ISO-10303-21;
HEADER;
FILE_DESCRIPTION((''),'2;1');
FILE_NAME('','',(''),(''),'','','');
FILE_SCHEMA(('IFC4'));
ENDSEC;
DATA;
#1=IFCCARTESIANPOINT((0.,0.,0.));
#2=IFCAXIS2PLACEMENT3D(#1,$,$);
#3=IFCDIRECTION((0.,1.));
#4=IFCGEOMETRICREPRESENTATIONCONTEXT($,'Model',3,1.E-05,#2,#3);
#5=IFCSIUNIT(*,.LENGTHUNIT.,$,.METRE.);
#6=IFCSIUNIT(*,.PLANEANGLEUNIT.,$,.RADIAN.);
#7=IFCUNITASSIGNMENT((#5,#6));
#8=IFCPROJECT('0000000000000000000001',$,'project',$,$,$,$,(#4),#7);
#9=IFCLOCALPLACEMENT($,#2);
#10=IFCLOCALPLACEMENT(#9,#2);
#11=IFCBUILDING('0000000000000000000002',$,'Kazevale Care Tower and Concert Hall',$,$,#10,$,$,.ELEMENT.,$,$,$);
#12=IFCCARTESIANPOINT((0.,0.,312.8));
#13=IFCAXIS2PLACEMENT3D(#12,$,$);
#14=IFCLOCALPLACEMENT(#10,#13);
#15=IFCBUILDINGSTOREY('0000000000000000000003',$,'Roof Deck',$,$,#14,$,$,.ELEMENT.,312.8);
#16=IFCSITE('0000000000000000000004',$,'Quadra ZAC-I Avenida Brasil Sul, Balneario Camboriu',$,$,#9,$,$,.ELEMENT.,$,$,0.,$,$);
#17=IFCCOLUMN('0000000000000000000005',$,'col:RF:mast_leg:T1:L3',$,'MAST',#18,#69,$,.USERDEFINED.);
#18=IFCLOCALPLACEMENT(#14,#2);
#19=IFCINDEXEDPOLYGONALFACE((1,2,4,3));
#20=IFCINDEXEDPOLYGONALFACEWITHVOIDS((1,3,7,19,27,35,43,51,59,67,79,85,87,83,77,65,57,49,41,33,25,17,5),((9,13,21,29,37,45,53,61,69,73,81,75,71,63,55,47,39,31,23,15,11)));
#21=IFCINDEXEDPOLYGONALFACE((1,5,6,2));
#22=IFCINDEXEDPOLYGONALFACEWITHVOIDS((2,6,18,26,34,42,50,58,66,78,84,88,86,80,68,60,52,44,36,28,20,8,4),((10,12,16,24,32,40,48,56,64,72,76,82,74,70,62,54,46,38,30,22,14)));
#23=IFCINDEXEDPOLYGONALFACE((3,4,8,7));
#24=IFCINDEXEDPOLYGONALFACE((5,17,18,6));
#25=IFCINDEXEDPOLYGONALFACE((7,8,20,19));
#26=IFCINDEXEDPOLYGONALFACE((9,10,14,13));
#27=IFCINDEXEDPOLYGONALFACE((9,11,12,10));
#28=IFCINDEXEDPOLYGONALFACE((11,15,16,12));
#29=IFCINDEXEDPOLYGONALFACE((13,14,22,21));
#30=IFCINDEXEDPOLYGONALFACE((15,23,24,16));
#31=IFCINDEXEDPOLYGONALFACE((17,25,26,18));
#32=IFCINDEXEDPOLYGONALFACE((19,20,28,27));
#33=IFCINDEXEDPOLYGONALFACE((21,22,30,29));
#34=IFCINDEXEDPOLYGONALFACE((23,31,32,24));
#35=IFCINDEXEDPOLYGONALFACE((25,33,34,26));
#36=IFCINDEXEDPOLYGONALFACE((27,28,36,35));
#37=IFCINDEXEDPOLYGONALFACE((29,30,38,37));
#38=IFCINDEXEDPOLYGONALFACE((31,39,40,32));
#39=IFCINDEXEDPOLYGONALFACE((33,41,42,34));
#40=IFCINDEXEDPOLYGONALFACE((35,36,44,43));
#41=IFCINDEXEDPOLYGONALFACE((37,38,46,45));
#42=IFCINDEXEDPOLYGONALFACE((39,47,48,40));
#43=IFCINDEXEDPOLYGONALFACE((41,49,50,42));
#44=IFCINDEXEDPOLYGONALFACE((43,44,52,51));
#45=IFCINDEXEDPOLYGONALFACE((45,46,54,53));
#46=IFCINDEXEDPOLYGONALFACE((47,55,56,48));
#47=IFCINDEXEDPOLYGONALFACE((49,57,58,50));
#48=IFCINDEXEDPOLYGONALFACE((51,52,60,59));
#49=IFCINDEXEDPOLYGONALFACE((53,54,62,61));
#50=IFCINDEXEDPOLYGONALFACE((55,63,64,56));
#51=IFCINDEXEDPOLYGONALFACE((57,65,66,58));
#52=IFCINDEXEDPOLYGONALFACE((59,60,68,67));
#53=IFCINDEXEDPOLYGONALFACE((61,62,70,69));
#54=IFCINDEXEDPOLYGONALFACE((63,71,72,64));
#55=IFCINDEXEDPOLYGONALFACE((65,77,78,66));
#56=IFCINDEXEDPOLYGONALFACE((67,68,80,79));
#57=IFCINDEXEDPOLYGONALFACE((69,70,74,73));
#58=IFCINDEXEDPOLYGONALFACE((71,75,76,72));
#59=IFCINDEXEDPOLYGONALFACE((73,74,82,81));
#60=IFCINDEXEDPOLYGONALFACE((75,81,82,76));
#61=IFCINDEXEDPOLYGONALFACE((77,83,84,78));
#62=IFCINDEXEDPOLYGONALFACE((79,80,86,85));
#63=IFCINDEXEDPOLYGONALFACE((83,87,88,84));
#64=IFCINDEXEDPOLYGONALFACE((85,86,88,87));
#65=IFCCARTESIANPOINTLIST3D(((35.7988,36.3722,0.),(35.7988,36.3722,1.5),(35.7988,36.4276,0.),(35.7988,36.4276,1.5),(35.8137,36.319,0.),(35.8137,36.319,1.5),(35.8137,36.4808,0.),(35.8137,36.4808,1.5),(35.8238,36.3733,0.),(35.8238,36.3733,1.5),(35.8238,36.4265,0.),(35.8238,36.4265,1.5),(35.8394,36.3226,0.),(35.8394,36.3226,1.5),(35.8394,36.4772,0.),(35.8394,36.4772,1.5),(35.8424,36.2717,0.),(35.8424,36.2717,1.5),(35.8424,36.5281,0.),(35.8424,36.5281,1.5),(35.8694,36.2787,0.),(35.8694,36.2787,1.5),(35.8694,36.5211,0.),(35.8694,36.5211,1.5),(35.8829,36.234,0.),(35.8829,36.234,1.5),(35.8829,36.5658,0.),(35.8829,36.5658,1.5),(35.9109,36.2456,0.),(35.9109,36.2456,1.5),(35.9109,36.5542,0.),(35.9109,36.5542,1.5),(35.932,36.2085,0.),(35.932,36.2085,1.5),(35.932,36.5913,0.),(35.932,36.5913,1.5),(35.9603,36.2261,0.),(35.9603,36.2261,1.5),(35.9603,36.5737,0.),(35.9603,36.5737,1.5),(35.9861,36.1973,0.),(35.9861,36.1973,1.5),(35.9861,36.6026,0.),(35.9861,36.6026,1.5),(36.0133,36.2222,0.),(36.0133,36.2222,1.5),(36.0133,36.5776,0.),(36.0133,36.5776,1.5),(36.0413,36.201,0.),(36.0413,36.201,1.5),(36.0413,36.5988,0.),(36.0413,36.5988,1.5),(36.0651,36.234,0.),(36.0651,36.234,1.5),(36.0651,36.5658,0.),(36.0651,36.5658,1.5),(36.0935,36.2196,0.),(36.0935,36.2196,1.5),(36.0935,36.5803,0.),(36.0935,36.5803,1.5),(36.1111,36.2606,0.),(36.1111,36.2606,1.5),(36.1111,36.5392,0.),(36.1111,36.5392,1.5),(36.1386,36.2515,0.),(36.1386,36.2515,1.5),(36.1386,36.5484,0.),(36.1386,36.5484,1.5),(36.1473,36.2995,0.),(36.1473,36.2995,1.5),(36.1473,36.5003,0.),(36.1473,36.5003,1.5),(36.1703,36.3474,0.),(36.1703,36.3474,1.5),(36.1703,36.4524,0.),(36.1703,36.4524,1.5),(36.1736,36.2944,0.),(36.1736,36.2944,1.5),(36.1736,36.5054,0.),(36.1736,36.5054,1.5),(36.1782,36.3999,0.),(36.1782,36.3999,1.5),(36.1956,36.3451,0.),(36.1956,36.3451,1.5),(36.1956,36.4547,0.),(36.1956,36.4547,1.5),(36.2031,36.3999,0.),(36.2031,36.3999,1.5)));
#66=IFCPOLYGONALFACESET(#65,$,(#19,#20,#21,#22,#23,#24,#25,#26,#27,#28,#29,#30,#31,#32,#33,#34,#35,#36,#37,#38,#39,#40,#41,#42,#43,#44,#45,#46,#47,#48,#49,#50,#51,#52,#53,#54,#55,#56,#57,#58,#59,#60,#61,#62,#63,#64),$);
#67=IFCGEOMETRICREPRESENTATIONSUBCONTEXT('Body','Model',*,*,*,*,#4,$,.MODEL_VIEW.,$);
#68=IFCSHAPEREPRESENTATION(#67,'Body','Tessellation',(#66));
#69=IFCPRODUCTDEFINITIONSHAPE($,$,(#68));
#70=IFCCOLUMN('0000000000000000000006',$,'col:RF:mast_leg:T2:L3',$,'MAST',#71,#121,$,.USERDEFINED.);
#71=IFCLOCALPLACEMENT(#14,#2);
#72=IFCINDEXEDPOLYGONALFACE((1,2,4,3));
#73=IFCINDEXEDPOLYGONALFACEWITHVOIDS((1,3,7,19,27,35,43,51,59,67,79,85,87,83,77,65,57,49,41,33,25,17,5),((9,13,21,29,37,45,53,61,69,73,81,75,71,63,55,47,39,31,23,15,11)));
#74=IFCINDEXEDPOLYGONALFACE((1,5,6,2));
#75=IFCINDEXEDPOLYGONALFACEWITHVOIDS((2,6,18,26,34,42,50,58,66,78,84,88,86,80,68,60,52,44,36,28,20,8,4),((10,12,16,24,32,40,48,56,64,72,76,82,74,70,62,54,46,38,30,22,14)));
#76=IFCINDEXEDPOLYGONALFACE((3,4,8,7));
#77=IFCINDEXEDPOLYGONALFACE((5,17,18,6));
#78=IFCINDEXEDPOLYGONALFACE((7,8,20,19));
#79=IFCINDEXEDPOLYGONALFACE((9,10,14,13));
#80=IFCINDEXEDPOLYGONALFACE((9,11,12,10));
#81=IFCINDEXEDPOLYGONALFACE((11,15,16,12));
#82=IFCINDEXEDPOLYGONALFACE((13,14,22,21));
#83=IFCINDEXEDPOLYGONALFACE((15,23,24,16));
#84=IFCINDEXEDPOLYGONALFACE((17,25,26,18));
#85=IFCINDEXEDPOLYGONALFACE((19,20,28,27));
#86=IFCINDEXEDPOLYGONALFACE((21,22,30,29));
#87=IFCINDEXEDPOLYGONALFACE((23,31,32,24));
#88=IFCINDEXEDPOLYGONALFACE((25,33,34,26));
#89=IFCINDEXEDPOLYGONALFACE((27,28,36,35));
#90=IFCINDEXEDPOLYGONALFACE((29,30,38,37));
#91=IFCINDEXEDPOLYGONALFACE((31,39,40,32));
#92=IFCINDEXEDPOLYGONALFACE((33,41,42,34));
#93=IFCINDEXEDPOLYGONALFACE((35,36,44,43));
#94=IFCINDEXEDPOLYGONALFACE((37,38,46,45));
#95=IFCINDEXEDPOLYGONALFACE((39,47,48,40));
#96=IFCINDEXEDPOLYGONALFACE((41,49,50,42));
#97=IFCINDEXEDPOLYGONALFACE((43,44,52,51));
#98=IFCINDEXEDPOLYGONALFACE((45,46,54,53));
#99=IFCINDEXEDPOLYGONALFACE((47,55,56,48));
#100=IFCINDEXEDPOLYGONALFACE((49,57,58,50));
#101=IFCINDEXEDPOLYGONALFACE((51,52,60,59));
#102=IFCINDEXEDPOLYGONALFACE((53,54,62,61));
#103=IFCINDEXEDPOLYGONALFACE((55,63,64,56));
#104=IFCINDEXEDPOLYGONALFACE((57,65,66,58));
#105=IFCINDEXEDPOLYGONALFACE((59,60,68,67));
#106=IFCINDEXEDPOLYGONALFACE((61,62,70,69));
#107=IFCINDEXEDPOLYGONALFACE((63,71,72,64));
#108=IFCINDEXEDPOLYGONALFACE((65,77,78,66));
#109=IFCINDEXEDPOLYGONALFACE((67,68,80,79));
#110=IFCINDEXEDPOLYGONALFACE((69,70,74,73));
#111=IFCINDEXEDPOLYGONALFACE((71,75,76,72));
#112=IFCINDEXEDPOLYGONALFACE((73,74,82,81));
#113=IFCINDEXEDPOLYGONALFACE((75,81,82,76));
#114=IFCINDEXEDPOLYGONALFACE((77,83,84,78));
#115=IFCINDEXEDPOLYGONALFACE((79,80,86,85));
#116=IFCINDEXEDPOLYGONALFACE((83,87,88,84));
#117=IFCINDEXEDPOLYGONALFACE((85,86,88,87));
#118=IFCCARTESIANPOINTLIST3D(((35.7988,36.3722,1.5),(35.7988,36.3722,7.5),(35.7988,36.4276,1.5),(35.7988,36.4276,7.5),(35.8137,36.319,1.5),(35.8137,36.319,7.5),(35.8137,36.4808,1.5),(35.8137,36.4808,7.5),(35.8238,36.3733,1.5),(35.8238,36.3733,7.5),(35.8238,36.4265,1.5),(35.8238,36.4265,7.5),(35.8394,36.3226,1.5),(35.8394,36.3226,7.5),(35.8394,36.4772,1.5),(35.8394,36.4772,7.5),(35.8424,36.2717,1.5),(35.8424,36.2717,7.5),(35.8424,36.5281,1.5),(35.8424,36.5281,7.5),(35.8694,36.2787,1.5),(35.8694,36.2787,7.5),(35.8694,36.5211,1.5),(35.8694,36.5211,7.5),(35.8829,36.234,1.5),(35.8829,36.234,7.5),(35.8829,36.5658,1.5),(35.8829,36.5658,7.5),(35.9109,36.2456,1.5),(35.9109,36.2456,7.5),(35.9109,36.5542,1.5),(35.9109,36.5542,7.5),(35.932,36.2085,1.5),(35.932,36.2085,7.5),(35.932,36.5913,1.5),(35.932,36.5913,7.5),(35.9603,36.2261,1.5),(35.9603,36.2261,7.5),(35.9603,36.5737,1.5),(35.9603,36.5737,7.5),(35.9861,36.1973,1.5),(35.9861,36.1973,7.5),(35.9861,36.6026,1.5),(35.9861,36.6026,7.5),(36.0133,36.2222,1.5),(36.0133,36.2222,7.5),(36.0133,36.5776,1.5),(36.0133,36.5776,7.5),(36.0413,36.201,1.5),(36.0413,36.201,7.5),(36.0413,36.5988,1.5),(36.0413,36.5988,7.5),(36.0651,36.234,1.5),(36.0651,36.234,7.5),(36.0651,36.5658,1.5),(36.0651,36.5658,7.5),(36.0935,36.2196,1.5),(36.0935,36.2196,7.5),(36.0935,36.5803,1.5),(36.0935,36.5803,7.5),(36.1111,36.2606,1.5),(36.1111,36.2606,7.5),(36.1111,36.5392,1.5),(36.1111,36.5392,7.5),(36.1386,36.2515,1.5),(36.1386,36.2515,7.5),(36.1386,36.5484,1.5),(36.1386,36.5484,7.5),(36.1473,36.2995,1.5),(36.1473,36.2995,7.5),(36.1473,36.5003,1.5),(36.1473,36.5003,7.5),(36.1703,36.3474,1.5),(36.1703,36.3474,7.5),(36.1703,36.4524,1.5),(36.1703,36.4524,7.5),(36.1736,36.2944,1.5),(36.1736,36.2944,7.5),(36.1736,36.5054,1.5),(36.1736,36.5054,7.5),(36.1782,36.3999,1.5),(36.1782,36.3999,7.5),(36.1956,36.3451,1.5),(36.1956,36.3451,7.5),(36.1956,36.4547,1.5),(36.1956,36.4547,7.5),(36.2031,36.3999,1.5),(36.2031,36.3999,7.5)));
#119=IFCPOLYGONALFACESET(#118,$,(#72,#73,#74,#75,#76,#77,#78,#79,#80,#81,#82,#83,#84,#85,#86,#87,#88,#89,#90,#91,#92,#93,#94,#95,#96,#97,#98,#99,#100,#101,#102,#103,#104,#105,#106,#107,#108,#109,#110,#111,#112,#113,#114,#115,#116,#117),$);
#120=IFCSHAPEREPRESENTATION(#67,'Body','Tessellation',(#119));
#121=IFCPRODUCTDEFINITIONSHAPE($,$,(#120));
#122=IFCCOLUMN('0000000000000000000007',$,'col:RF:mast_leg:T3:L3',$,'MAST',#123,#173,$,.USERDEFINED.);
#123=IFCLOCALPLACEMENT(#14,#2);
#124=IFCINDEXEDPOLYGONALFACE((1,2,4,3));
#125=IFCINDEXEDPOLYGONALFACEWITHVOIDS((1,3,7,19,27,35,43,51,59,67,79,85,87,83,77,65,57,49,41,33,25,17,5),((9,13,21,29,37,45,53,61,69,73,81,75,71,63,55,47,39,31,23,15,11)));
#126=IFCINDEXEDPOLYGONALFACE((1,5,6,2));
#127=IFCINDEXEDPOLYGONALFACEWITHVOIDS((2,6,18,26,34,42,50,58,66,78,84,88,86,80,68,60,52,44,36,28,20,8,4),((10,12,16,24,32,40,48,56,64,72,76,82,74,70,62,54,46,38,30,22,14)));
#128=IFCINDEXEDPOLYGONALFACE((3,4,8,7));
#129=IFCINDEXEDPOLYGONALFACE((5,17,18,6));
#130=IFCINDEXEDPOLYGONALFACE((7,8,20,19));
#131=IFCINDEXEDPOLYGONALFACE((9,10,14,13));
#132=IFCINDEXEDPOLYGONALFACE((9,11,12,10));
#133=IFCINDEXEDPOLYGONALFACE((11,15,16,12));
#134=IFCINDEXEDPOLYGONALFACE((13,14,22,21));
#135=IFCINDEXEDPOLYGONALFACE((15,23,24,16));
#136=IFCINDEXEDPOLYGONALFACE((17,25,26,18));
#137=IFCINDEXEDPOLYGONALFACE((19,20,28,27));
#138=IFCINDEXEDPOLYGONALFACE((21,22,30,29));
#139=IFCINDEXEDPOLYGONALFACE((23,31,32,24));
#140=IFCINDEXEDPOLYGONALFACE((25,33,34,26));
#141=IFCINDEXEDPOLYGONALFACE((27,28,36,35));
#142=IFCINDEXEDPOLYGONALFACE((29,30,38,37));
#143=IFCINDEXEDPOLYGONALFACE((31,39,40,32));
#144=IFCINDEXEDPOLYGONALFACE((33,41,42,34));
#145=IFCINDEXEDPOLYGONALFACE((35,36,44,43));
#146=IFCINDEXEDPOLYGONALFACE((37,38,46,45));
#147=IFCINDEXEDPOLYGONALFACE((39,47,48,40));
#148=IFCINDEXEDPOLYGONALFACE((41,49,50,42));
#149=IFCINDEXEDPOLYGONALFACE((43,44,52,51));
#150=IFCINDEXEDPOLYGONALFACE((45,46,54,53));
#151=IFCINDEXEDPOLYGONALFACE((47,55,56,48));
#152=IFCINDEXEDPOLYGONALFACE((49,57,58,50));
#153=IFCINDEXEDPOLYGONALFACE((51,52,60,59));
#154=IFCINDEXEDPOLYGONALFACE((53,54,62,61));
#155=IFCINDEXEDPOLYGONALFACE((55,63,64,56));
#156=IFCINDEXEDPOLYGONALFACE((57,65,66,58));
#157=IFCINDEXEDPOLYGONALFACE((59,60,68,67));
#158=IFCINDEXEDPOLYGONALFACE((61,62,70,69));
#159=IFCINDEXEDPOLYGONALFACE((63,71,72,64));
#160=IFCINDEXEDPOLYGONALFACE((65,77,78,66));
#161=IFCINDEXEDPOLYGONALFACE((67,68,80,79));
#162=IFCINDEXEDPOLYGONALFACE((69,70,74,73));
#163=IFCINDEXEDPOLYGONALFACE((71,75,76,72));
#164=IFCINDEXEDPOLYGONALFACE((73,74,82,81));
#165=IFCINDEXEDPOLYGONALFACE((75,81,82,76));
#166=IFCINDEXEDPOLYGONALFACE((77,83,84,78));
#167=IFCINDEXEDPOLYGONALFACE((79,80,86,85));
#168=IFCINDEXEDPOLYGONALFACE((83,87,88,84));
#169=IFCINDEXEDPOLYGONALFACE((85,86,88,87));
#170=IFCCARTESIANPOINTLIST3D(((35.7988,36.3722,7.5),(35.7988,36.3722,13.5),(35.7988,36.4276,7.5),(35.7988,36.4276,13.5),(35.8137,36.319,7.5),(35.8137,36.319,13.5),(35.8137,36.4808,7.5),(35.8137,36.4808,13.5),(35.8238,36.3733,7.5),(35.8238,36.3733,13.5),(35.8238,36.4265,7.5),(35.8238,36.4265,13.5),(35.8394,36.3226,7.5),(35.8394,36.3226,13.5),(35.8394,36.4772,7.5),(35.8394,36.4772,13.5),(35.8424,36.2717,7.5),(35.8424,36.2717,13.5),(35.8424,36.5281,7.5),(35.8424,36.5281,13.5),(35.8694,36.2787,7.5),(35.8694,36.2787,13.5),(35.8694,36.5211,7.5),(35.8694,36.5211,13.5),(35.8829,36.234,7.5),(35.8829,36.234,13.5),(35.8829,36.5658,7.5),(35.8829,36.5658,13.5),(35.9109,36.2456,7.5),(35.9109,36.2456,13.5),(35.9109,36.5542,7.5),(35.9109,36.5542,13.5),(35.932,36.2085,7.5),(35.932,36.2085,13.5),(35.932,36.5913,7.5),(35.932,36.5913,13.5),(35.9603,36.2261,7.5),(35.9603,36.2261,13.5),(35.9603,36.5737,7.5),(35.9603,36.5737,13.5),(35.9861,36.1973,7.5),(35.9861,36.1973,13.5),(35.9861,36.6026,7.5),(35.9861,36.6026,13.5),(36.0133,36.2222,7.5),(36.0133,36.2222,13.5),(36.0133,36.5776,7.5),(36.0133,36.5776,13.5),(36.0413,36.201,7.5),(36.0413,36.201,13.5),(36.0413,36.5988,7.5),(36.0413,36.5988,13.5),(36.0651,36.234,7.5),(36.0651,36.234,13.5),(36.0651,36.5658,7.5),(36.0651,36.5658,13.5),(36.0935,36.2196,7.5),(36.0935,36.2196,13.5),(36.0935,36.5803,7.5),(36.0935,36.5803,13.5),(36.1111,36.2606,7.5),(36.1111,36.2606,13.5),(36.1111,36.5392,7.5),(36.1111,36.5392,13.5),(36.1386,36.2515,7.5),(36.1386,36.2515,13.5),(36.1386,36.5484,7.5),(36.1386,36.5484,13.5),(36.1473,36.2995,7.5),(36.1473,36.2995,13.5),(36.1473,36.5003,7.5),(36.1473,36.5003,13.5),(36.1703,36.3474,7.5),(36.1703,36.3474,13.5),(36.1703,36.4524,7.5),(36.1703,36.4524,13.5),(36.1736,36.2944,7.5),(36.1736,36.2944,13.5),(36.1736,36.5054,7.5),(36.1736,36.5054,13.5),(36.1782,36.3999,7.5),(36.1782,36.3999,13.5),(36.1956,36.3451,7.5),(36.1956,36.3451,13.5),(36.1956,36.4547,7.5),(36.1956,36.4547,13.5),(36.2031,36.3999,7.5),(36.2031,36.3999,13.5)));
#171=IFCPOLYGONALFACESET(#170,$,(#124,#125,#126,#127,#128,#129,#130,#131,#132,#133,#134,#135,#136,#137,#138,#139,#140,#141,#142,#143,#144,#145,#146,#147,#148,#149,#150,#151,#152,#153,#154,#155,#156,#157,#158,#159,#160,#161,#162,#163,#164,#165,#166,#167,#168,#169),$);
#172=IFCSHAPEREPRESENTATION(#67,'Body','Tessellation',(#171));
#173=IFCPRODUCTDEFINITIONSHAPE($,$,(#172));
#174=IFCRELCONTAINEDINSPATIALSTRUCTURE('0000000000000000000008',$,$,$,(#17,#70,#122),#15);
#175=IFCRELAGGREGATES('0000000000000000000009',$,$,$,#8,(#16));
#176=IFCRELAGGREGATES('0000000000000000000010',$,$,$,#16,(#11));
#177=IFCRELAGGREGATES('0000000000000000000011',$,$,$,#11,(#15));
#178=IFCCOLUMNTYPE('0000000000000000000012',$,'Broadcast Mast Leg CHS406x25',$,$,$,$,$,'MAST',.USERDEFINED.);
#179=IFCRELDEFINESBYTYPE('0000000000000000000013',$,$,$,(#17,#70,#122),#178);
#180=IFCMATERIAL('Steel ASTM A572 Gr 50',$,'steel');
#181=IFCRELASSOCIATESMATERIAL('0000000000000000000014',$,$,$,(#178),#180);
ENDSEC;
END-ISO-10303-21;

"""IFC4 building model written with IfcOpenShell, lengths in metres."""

from ifc_helpers import new_model, si_unit, direction, frame, origin, origin_2d, place, context, subcontext, project, spatial, hollow_circle, extrude, material, material_profile, profile_set, type_object, element, save


model = new_model("IFC4")

# Units and contexts
model_context = context("Model", 3, precision=1e-05, world=origin(), true_north=direction((0.0, 1.0)))
body_context = subcontext(model_context, "Body", "Model", "MODEL_VIEW")
ifc_project = project(units=[si_unit("LENGTHUNIT", "METRE"), si_unit("PLANEANGLEUNIT", "RADIAN")], contexts=[model_context])

# Site, building, storey
site_placement = place(None, origin())
site = spatial("IfcSite", under=ifc_project, at=site_placement, Name="Quadra ZAC-I Avenida Brasil Sul, Balneario Camboriu", CompositionType="ELEMENT", RefElevation=0.0)
building_placement = place(site_placement, origin())
building = spatial("IfcBuilding", under=site, at=building_placement, Name="Kazevale Care Tower and Concert Hall", CompositionType="ELEMENT")
storey_placement = place(building_placement, frame((0.0, 0.0, 312.8)))
storey = spatial("IfcBuildingStorey", under=building, at=storey_placement, Name="Roof Deck", CompositionType="ELEMENT", Elevation=312.8)

# Columns
ifc_material_1 = material(Name="Steel ASTM A572 Gr 50", Category="steel")
ifc_material_profile_1 = material_profile(ifc_material_1, hollow_circle(Radius=0.2031, WallThickness=0.0249, at=origin_2d()), Name="CHS406x25")
ifc_profile_set_1 = profile_set([ifc_material_profile_1], Name="Steel ASTM A572 Gr 50")
column_type_1 = type_object("IfcColumnType", Name="Broadcast Mast Leg CHS406x25", ElementType="MAST", PredefinedType="USERDEFINED", material=ifc_profile_set_1)
column_1_placement = place(storey_placement, frame((36.0, 36.3999, 0.0), z_axis=(0.0, 0.0, 1.0), x_axis=(1.0, 0.0, 0.0)))
element("IfcColumn", 1, at=column_1_placement, inside=storey, type_object=column_type_1, Name="col:RF:mast_leg:T1:L3", ObjectType="MAST", PredefinedType="USERDEFINED", context=body_context, shape_type="SweptSolid", body=[
    extrude(hollow_circle(Radius=0.2031, WallThickness=0.0249, at=origin_2d()), origin(), (0.0, 0.0, 1.0), 1.5),
])
for number, where, z_axis, x_axis, name in (
    (2, (36.0, 36.3999, 1.5), (0.0, 0.0, 1.0), (1.0, 0.0, 0.0), "col:RF:mast_leg:T2:L3"),
    (3, (36.0, 36.3999, 7.5), (0.0, 0.0, 1.0), (1.0, 0.0, 0.0), "col:RF:mast_leg:T3:L3"),
):
    element("IfcColumn", number, at=place(storey_placement, frame(where, z_axis=z_axis, x_axis=x_axis)), inside=storey, type_object=column_type_1, Name=name, ObjectType="MAST", PredefinedType="USERDEFINED", context=body_context, shape_type="SweptSolid", body=[
        extrude(hollow_circle(Radius=0.2031, WallThickness=0.0249, at=origin_2d()), origin(), (0.0, 0.0, 1.0), 6.0),
    ])

save(model, "model.ifc")
